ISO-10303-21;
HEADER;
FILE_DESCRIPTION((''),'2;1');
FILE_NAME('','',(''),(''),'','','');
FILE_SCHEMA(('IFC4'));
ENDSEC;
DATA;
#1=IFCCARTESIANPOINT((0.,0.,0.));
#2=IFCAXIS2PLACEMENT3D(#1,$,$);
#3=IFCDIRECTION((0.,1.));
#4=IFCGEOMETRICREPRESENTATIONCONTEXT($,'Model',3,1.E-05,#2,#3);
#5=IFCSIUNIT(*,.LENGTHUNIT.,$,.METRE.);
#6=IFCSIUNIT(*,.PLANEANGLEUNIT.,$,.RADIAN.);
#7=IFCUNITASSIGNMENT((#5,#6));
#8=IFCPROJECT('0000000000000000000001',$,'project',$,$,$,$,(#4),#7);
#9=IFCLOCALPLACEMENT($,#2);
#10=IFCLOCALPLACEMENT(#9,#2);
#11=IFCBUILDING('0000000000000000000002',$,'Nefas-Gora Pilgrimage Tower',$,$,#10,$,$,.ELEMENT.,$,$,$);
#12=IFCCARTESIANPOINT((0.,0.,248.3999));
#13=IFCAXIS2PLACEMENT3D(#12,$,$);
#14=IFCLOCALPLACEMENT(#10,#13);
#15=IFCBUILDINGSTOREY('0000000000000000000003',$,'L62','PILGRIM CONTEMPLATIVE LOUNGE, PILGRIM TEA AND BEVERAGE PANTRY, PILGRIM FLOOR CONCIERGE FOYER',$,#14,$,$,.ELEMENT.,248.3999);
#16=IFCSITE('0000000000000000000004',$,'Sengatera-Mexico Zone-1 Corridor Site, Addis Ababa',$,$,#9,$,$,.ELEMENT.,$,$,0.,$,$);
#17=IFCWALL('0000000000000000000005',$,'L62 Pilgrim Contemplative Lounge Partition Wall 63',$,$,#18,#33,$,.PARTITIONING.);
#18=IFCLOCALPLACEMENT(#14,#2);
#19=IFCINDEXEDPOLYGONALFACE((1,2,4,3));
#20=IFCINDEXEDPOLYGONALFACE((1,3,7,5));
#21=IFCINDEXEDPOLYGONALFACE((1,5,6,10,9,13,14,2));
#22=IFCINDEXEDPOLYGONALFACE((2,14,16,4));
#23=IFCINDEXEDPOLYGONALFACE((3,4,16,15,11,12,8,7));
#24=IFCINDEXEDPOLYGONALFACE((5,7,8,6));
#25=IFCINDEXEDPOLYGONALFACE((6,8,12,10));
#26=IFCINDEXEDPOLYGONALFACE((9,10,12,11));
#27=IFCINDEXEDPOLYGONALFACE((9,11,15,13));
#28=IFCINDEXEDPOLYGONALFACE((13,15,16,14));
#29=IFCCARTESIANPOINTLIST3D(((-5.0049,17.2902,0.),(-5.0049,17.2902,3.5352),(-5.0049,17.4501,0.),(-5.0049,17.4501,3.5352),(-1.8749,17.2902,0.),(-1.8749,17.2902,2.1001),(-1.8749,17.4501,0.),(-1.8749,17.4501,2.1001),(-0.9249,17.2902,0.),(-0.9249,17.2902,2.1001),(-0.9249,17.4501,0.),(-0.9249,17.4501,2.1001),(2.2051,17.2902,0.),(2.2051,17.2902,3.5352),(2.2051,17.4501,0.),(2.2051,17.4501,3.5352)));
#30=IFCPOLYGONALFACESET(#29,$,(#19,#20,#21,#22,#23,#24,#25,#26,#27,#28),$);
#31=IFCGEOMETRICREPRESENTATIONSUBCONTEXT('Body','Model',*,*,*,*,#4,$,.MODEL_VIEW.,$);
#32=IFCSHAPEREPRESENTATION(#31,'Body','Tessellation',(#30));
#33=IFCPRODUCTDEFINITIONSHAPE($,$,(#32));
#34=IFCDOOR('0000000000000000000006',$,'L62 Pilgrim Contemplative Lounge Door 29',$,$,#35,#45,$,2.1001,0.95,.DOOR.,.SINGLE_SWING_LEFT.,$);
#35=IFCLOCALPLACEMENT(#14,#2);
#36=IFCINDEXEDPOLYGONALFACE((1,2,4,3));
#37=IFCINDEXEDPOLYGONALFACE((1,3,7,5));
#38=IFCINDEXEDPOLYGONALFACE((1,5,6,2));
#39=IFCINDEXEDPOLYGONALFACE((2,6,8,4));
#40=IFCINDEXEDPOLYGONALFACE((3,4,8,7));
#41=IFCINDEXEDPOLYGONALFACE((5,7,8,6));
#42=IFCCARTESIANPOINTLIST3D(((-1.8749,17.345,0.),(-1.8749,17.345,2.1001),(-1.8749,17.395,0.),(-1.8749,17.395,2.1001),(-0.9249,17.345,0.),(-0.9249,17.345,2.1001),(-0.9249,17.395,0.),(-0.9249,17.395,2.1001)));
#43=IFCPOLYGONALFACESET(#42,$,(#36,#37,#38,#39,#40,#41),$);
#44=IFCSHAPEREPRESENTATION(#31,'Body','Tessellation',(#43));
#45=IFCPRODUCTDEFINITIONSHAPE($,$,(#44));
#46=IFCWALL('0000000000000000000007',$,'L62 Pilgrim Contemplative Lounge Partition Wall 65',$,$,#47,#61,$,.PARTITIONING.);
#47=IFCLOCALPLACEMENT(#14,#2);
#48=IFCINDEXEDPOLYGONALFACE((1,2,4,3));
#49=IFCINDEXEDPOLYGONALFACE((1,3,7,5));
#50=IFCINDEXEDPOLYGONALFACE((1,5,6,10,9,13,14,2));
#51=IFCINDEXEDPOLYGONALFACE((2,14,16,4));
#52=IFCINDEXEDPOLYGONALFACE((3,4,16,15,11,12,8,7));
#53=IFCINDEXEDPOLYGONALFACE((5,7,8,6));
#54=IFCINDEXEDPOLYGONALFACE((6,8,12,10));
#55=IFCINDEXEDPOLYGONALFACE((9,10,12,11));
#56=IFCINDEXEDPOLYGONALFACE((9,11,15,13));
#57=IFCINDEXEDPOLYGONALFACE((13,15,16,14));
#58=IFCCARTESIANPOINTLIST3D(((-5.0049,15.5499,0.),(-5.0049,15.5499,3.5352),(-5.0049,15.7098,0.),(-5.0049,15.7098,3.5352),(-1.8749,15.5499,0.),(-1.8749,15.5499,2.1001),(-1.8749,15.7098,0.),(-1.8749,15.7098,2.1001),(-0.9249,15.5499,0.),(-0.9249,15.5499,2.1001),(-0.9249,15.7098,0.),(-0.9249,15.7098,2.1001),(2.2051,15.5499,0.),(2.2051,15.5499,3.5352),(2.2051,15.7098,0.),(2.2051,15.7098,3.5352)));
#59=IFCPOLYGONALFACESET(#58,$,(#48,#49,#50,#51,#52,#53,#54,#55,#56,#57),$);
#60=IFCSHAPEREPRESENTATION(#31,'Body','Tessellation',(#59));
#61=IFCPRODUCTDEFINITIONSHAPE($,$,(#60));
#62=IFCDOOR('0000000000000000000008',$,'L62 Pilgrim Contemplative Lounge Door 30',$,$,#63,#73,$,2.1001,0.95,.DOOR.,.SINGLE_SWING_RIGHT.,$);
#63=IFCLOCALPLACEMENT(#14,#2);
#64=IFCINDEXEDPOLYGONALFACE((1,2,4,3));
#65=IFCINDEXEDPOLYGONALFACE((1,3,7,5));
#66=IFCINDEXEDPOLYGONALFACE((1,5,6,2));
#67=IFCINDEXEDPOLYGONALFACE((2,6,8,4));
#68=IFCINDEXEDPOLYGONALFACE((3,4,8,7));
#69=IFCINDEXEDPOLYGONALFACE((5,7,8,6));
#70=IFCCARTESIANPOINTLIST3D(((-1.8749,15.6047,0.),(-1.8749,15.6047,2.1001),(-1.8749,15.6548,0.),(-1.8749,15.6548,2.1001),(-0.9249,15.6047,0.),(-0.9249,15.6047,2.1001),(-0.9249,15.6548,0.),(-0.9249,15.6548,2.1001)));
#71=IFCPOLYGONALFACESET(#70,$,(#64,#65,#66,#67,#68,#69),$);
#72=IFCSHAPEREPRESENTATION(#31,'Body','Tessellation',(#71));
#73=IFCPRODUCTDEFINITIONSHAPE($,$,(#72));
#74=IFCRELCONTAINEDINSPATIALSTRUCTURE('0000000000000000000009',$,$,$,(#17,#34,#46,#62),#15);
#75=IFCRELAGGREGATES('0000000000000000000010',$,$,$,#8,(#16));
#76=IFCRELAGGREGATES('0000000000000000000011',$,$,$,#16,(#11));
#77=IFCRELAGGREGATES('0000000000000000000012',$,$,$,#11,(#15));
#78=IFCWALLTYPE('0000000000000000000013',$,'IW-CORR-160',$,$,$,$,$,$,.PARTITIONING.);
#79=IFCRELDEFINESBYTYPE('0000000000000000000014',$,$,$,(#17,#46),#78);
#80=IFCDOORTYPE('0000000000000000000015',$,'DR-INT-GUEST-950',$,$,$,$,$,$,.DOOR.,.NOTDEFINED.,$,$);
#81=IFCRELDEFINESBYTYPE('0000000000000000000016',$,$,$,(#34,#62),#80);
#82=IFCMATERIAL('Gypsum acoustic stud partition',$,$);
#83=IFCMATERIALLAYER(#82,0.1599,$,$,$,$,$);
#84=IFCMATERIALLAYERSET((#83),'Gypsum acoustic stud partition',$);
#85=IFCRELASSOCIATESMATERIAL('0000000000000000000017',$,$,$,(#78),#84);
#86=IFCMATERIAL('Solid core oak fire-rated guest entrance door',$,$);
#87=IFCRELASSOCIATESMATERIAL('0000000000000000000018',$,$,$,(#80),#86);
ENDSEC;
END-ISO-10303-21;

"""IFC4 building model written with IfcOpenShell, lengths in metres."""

from ifc_helpers import new_model, si_unit, direction, frame, frame_2d, origin, place, context, subcontext, project, spatial, rectangle, extrude, source, transform, mapped, material, layer, layer_set, type_object, element, fill, save


model = new_model("IFC4")

# Units and contexts
model_context = context("Model", 3, precision=1e-05, world=origin(), true_north=direction((0.0, 1.0)))
body_context = subcontext(model_context, "Body", "Model", "MODEL_VIEW")
ifc_project = project(units=[si_unit("LENGTHUNIT", "METRE"), si_unit("PLANEANGLEUNIT", "RADIAN")], contexts=[model_context])

# Site, building, storey
site_placement = place(None, origin())
site = spatial("IfcSite", under=ifc_project, at=site_placement, Name="Sengatera-Mexico Zone-1 Corridor Site, Addis Ababa", CompositionType="ELEMENT", RefElevation=0.0)
building_placement = place(site_placement, origin())
building = spatial("IfcBuilding", under=site, at=building_placement, Name="Nefas-Gora Pilgrimage Tower", CompositionType="ELEMENT")
storey_placement = place(building_placement, frame((0.0, 0.0, 248.3999)))
storey = spatial("IfcBuildingStorey", under=building, at=storey_placement, Name="L62", Description="PILGRIM CONTEMPLATIVE LOUNGE, PILGRIM TEA AND BEVERAGE PANTRY, PILGRIM FLOOR CONCIERGE FOYER", CompositionType="ELEMENT", Elevation=248.3999)

# Shared definitions
ifc_material_1 = material(Name="Gypsum acoustic stud partition")
ifc_layer_1 = layer(ifc_material_1, 0.1599)
ifc_layer_set_1 = layer_set([ifc_layer_1], Name="Gypsum acoustic stud partition")
wall_type_1 = type_object("IfcWallType", Name="IW-CORR-160", PredefinedType="PARTITIONING", material=ifc_layer_set_1)
ifc_material_2 = material(Name="Solid core oak fire-rated guest entrance door")
door_type_1 = type_object("IfcDoorType", Name="DR-INT-GUEST-950", OperationType="NOTDEFINED", PredefinedType="DOOR", material=ifc_material_2)
shared_shape_1 = source(origin(), body_context, "Body", "SweptSolid", [
    extrude(rectangle(XDim=0.95, YDim=2.1001, at=frame_2d((0.4751, 1.05))), frame((0.0, 0.0249, 0.0), z_axis=(0.0, -1.0, 0.0), x_axis=(1.0, 0.0, 0.0)), (0.0, 0.0, 1.0), 0.05),
])

# Walls, openings, doors
shared_shape_2 = source(origin(), body_context, "Body", "SweptSolid", [
    extrude(rectangle(XDim=7.21, YDim=0.1599, at=frame_2d((3.605, 0.0))), origin(), (0.0, 0.0, 1.0), 3.5352),
])
wall_1_placement = place(storey_placement, frame((-5.0049, 17.3701, 0.0), z_axis=(0.0, 0.0, 1.0), x_axis=(1.0, 0.0, 0.0)))
wall_1 = element("IfcWall", 1, at=wall_1_placement, inside=storey, type_object=wall_type_1, Name="L62 Pilgrim Contemplative Lounge Partition Wall 63", PredefinedType="PARTITIONING", context=body_context, shape_type="MappedRepresentation", body=[
    mapped(shared_shape_2, transform((0.0, 0.0, 0.0), x_axis=(1.0, 0.0, 0.0), y_axis=(0.0, 1.0, 0.0), z_axis=(0.0, 0.0, 1.0), scale=1.0)),
])
opening_1_placement = place(wall_1_placement, frame((3.1299, 0.0, 0.0)))
opening_1 = element("IfcOpeningElement", 2, at=opening_1_placement, cuts=wall_1, PredefinedType="OPENING", context=body_context, shape_type="SweptSolid", body=[
    extrude(rectangle(XDim=0.95, YDim=2.1001, at=frame_2d((0.4751, 1.05))), frame((0.0, 0.0898, 0.0), z_axis=(0.0, -1.0, 0.0), x_axis=(1.0, 0.0, 0.0)), (0.0, 0.0, 1.0), 0.1799),
])
door_1_placement = place(opening_1_placement, origin())
door_1 = element("IfcDoor", 3, at=door_1_placement, inside=storey, type_object=door_type_1, Name="L62 Pilgrim Contemplative Lounge Door 29", OperationType="SINGLE_SWING_LEFT", OverallHeight=2.1001, OverallWidth=0.95, PredefinedType="DOOR", context=body_context, shape_type="MappedRepresentation", body=[
    mapped(shared_shape_1, transform((0.0, 0.0, 0.0), x_axis=(1.0, 0.0, 0.0), y_axis=(0.0, 1.0, 0.0), z_axis=(0.0, 0.0, 1.0), scale=1.0)),
])
fill(opening_1, door_1)
wall_2_placement = place(storey_placement, frame((-5.0049, 15.6299, 0.0), z_axis=(0.0, 0.0, 1.0), x_axis=(1.0, 0.0, 0.0)))
wall_2 = element("IfcWall", 4, at=wall_2_placement, inside=storey, type_object=wall_type_1, Name="L62 Pilgrim Contemplative Lounge Partition Wall 65", PredefinedType="PARTITIONING", context=body_context, shape_type="MappedRepresentation", body=[
    mapped(shared_shape_2, transform((0.0, 0.0, 0.0), x_axis=(1.0, 0.0, 0.0), y_axis=(0.0, 1.0, 0.0), z_axis=(0.0, 0.0, 1.0), scale=1.0)),
])
opening_2_placement = place(wall_2_placement, frame((3.1299, 0.0, 0.0)))
opening_2 = element("IfcOpeningElement", 5, at=opening_2_placement, cuts=wall_2, PredefinedType="OPENING", context=body_context, shape_type="SweptSolid", body=[
    extrude(rectangle(XDim=0.95, YDim=2.1001, at=frame_2d((0.4751, 1.05))), frame((0.0, 0.0898, 0.0), z_axis=(0.0, -1.0, 0.0), x_axis=(1.0, 0.0, 0.0)), (0.0, 0.0, 1.0), 0.1799),
])
door_2_placement = place(opening_2_placement, origin())
door_2 = element("IfcDoor", 6, at=door_2_placement, inside=storey, type_object=door_type_1, Name="L62 Pilgrim Contemplative Lounge Door 30", OperationType="SINGLE_SWING_RIGHT", OverallHeight=2.1001, OverallWidth=0.95, PredefinedType="DOOR", context=body_context, shape_type="MappedRepresentation", body=[
    mapped(shared_shape_1, transform((0.0, 0.0, 0.0), x_axis=(1.0, 0.0, 0.0), y_axis=(0.0, 1.0, 0.0), z_axis=(0.0, 0.0, 1.0), scale=1.0)),
])
fill(opening_2, door_2)

save(model, "model.ifc")
